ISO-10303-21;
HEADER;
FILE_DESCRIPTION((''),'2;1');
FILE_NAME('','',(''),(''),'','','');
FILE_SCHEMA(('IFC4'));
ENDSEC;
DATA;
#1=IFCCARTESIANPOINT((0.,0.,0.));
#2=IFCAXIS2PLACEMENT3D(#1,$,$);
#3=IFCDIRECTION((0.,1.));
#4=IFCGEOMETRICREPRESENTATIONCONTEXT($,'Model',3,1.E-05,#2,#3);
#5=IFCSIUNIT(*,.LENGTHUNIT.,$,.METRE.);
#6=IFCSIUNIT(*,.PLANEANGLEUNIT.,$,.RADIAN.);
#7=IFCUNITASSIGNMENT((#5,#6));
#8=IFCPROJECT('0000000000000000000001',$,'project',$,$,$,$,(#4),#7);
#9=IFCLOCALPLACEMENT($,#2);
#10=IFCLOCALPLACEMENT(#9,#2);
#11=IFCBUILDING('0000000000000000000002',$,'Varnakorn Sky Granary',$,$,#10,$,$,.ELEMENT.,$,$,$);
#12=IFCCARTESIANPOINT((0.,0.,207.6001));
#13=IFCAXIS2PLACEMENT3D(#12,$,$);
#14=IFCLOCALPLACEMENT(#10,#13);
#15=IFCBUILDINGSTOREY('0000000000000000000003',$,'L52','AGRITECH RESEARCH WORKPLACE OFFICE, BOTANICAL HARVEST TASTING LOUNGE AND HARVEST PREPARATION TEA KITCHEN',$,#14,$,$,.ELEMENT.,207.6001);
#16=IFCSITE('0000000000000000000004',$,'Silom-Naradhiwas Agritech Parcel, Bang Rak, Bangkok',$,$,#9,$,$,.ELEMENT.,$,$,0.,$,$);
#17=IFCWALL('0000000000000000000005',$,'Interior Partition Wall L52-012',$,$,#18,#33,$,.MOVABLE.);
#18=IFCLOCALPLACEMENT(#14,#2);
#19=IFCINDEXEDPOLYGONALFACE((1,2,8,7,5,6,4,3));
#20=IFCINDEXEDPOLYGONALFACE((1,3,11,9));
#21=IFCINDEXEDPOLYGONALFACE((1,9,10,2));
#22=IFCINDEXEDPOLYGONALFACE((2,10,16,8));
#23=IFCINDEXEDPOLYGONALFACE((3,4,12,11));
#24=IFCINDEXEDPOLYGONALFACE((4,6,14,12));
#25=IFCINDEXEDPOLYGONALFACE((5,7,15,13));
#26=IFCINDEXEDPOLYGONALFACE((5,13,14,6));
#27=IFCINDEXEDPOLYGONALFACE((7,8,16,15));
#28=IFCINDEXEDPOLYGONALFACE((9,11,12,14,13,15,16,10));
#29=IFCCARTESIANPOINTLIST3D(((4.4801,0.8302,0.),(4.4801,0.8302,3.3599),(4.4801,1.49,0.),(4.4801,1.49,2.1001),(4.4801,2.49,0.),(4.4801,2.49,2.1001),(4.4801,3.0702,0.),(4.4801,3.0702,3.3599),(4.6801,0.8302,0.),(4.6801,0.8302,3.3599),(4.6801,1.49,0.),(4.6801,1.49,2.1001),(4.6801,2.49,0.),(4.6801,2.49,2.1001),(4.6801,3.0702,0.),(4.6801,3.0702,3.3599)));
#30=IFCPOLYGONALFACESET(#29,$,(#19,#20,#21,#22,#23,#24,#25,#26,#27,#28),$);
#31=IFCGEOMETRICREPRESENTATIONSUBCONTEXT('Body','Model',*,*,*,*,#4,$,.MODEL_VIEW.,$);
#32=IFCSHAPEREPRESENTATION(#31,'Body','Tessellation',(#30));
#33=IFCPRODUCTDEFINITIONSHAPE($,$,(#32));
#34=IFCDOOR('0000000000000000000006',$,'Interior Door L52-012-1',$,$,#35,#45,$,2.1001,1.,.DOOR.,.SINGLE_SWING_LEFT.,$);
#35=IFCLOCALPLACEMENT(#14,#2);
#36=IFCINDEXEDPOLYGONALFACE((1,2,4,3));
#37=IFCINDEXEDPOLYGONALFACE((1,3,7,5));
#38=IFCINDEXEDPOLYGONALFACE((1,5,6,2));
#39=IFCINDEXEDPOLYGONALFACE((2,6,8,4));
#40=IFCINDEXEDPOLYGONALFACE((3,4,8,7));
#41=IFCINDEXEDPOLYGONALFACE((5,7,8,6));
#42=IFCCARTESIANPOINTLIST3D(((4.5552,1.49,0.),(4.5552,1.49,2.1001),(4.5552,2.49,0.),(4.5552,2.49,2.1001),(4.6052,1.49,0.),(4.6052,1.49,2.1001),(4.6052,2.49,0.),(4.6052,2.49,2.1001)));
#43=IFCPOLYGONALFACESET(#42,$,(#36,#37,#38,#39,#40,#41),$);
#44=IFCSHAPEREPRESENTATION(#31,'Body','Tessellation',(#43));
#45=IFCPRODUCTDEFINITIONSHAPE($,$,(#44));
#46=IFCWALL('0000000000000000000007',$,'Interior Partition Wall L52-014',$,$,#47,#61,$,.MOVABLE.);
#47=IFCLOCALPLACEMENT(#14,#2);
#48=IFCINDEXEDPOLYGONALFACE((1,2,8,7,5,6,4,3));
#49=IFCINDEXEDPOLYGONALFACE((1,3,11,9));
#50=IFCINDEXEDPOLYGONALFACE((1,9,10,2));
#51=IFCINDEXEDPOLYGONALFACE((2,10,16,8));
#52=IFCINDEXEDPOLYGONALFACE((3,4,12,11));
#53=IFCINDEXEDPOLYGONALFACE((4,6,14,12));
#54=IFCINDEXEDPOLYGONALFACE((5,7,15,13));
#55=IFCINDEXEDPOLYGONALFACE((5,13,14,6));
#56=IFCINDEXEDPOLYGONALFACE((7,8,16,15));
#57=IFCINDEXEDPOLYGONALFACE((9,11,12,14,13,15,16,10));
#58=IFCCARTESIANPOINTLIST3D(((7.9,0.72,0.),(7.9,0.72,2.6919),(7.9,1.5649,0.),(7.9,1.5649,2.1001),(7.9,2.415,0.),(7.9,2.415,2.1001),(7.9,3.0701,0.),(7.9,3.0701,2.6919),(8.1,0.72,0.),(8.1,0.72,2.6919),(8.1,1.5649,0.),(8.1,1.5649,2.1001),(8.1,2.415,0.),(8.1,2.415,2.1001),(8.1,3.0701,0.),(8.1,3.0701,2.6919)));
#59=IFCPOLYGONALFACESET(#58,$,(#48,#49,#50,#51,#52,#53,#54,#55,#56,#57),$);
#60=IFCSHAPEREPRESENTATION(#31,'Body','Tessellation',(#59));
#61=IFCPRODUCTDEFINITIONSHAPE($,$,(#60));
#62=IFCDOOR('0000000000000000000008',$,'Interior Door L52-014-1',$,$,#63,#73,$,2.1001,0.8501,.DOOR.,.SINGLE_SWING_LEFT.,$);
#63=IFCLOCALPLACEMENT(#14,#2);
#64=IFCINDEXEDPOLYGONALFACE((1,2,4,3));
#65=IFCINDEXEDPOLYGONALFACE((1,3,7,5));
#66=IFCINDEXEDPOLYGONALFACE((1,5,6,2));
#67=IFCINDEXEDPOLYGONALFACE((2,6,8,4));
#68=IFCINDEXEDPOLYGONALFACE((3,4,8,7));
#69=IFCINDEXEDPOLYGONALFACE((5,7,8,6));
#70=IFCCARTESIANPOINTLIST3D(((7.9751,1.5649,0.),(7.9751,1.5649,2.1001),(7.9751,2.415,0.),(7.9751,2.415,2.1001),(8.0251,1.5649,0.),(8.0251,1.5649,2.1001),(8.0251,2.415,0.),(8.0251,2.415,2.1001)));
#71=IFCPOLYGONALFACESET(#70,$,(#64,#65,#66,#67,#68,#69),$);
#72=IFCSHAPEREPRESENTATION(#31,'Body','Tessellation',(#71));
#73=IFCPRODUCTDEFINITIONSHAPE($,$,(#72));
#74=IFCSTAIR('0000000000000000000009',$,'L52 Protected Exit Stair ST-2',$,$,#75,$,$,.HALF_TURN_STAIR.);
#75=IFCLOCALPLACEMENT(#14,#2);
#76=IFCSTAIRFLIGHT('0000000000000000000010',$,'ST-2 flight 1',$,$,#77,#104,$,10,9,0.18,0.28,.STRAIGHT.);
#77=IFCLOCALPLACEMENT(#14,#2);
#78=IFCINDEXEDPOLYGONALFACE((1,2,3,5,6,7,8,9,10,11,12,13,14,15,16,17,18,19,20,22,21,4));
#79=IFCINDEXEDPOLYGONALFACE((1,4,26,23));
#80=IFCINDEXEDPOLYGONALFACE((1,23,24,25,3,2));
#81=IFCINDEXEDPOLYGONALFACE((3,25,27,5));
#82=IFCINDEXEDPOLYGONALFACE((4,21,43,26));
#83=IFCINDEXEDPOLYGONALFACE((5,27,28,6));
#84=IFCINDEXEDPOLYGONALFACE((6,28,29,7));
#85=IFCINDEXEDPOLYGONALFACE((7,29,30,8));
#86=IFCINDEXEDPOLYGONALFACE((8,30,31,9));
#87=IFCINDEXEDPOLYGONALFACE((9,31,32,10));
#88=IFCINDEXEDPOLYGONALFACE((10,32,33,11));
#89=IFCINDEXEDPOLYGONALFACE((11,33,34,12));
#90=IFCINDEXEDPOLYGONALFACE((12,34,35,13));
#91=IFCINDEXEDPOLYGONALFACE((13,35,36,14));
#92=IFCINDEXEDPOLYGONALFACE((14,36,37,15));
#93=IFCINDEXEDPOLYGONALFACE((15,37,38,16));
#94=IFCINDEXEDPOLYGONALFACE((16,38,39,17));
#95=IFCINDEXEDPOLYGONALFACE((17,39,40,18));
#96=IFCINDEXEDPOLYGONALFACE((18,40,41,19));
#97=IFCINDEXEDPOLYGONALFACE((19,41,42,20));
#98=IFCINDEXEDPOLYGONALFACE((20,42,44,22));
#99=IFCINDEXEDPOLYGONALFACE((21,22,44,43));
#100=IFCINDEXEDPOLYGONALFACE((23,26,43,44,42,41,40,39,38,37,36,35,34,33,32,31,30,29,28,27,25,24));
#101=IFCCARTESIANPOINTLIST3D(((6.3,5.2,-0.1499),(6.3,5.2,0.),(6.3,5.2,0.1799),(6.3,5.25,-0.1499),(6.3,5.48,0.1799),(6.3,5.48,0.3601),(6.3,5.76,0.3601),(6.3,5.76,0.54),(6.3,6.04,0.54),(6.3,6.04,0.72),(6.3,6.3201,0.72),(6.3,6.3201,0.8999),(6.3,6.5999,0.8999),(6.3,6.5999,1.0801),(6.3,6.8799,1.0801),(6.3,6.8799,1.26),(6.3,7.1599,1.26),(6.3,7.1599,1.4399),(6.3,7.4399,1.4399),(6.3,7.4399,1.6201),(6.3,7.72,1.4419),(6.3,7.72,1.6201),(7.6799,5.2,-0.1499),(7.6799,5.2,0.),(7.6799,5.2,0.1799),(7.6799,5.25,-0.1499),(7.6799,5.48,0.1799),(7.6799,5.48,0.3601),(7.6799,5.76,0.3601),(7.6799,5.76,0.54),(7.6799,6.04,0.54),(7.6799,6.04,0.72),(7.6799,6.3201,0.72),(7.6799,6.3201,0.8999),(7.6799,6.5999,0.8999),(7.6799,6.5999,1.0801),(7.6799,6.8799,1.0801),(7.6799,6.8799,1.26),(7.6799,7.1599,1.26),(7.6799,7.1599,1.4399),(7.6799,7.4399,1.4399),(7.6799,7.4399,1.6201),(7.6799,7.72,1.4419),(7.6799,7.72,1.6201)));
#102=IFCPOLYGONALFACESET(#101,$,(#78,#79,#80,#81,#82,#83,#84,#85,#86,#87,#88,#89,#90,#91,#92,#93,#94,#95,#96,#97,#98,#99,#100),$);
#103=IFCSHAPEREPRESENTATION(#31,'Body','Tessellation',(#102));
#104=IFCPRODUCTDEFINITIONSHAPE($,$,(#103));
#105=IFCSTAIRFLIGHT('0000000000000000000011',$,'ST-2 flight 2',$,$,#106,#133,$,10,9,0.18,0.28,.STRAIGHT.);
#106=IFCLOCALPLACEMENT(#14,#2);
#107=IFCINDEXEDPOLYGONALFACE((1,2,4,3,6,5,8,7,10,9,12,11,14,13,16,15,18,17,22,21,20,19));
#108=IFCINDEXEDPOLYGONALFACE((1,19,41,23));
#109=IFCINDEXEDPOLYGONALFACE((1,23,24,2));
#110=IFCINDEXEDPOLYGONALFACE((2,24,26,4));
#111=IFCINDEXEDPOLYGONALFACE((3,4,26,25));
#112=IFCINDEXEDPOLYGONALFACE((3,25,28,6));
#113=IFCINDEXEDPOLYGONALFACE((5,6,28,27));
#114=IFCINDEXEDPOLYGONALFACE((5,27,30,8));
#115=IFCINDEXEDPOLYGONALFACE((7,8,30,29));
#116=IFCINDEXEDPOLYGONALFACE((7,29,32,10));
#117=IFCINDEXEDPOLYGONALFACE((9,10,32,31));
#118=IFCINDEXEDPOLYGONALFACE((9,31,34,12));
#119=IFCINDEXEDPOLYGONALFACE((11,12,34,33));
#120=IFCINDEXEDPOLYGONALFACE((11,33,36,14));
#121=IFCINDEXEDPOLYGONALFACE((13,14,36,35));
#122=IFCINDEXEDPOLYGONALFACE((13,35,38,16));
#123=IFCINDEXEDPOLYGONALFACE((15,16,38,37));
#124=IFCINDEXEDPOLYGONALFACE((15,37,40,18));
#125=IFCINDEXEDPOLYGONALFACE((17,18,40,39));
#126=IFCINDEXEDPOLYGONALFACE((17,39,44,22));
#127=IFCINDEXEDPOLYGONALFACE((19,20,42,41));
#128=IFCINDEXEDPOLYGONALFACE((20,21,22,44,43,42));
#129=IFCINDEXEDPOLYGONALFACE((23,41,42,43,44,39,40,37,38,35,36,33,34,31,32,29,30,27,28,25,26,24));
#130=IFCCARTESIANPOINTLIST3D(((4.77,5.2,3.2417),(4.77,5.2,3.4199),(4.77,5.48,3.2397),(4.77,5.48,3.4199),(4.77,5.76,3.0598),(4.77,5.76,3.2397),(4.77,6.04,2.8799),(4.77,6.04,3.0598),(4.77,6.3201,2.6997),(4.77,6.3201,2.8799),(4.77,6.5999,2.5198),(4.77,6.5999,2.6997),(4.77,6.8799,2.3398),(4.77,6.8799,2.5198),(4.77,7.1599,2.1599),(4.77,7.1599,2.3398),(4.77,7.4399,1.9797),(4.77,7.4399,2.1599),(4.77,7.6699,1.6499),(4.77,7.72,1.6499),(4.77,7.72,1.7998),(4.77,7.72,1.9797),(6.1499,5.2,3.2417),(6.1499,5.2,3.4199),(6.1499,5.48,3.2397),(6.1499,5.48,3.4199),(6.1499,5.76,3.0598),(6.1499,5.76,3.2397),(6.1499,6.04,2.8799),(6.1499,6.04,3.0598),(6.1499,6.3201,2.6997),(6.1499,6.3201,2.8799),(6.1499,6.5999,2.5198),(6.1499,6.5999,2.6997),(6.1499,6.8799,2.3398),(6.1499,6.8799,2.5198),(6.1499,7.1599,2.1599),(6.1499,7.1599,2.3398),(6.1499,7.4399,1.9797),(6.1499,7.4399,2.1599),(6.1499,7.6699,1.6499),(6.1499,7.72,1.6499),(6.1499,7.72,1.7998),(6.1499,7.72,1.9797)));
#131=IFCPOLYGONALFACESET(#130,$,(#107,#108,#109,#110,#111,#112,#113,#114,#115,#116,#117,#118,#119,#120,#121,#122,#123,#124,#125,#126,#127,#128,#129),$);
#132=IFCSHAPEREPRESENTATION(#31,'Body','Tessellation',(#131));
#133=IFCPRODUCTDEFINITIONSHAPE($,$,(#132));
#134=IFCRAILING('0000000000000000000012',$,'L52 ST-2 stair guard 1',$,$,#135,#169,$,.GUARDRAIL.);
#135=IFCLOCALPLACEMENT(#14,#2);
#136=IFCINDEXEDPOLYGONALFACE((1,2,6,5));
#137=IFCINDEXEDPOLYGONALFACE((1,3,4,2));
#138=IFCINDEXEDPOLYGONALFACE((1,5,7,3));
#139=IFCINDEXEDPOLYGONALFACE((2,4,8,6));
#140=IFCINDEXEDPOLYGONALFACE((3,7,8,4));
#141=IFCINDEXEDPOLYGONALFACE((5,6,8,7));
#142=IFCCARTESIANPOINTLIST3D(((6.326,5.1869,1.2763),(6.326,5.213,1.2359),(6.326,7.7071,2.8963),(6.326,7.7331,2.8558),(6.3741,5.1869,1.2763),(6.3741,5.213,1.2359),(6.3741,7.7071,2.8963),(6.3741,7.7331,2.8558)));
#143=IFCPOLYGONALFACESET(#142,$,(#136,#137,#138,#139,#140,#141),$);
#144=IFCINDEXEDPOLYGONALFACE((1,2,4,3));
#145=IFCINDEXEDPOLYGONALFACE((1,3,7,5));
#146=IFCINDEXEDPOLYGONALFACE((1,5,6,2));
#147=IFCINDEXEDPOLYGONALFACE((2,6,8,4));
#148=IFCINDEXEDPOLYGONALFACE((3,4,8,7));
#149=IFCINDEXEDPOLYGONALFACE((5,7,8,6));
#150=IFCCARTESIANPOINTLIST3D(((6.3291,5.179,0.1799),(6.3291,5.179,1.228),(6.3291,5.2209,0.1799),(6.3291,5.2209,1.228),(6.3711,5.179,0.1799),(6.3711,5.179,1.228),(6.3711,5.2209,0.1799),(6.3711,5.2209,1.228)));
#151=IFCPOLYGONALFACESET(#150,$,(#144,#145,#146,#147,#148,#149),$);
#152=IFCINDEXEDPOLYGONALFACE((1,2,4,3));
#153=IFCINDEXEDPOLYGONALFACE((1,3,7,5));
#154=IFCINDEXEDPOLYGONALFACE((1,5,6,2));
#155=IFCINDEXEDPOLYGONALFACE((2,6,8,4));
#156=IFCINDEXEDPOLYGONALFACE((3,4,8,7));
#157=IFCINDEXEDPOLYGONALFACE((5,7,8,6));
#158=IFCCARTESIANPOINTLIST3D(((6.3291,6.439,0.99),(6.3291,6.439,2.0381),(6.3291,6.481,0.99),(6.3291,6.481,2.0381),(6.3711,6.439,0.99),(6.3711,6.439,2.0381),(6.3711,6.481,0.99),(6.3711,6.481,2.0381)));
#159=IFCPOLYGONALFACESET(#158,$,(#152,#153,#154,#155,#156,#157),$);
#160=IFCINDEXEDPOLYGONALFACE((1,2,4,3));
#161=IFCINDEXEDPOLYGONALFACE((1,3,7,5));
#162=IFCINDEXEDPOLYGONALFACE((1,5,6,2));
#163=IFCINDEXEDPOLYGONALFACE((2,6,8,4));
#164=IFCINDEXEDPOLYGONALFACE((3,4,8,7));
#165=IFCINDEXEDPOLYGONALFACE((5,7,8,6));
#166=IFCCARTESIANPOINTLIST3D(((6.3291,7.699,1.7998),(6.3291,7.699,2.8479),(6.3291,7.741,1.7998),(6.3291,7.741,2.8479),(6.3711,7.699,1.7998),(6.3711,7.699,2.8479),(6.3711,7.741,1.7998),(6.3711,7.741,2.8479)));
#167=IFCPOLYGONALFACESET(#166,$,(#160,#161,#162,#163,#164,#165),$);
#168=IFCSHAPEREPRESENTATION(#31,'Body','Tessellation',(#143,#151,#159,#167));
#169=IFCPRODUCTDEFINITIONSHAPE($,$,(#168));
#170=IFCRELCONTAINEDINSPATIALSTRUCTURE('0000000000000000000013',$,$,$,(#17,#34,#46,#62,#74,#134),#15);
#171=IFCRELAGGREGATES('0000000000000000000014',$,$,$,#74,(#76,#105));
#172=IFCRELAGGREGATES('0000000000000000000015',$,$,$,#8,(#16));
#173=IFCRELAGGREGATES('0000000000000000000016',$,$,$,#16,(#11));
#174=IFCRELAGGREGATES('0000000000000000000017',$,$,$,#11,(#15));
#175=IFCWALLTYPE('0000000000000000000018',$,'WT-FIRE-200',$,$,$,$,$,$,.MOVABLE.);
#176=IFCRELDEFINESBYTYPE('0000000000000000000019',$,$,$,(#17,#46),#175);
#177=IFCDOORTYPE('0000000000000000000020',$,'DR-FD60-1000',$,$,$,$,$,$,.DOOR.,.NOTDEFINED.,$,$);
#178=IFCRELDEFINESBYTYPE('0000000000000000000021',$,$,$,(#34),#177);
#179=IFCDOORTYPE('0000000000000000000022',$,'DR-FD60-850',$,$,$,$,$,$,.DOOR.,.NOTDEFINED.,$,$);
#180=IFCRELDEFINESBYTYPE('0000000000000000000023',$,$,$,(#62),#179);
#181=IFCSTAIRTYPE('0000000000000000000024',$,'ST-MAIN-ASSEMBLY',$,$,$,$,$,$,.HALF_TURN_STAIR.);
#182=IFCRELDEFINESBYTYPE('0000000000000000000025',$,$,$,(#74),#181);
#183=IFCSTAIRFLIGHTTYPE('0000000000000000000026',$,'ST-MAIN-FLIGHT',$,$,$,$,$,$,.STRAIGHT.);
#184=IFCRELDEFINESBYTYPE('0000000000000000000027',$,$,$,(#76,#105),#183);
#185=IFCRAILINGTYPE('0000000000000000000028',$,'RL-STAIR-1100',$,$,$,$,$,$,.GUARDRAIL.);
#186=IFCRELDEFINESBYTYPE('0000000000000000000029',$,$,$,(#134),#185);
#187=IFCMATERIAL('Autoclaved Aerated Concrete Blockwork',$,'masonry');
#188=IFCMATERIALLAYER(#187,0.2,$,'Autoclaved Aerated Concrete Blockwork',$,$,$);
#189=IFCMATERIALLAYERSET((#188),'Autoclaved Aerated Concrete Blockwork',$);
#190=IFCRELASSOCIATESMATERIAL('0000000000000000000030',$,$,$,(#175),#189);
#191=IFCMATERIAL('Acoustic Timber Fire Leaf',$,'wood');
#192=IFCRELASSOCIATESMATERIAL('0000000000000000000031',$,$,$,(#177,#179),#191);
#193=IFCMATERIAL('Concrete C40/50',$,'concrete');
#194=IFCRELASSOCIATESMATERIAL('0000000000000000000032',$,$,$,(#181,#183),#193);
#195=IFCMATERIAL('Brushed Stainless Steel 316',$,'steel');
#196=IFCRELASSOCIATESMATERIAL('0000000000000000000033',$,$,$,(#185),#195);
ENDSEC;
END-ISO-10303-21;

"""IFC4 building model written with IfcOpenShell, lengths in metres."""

from ifc_helpers import new_model, si_unit, direction, frame, frame_2d, origin, origin_2d, place, context, subcontext, project, spatial, polyline, rectangle, outline, extrude, material, layer, layer_set, type_object, element, fill, aggregate, save


model = new_model("IFC4")

# Units and contexts
model_context = context("Model", 3, precision=1e-05, world=origin(), true_north=direction((0.0, 1.0)))
body_context = subcontext(model_context, "Body", "Model", "MODEL_VIEW")
ifc_project = project(units=[si_unit("LENGTHUNIT", "METRE"), si_unit("PLANEANGLEUNIT", "RADIAN")], contexts=[model_context])

# Site, building, storey
site_placement = place(None, origin())
site = spatial("IfcSite", under=ifc_project, at=site_placement, Name="Silom-Naradhiwas Agritech Parcel, Bang Rak, Bangkok", CompositionType="ELEMENT", RefElevation=0.0)
building_placement = place(site_placement, origin())
building = spatial("IfcBuilding", under=site, at=building_placement, Name="Varnakorn Sky Granary", CompositionType="ELEMENT")
storey_placement = place(building_placement, frame((0.0, 0.0, 207.6001)))
storey = spatial("IfcBuildingStorey", under=building, at=storey_placement, Name="L52", Description="AGRITECH RESEARCH WORKPLACE OFFICE, BOTANICAL HARVEST TASTING LOUNGE AND HARVEST PREPARATION TEA KITCHEN", CompositionType="ELEMENT", Elevation=207.6001)

# Walls, openings, doors
ifc_material_1 = material(Name="Autoclaved Aerated Concrete Blockwork", Category="masonry")
ifc_layer_1 = layer(ifc_material_1, 0.2, Name="Autoclaved Aerated Concrete Blockwork")
ifc_layer_set_1 = layer_set([ifc_layer_1], Name="Autoclaved Aerated Concrete Blockwork")
wall_type_1 = type_object("IfcWallType", Name="WT-FIRE-200", PredefinedType="MOVABLE", material=ifc_layer_set_1)
wall_1_placement = place(storey_placement, frame((4.5801, 0.8301, 0.0), z_axis=(0.0, 0.0, 1.0), x_axis=(0.0, 1.0, 0.0)))
wall_1 = element("IfcWall", 1, at=wall_1_placement, inside=storey, type_object=wall_type_1, Name="Interior Partition Wall L52-012", PredefinedType="MOVABLE", context=body_context, shape_type="SweptSolid", body=[
    extrude(rectangle(XDim=2.24, YDim=0.2, at=frame_2d((1.1201, 0.0))), origin(), (0.0, 0.0, 1.0), 3.3599),
])
opening_1_placement = place(wall_1_placement, frame((0.6599, 0.0, 0.0)))
opening_1 = element("IfcOpeningElement", 2, at=opening_1_placement, cuts=wall_1, PredefinedType="OPENING", context=body_context, shape_type="SweptSolid", body=[
    extrude(rectangle(XDim=1.0, YDim=2.1001, at=frame_2d((0.5, 1.05))), frame((0.0, 0.1099, 0.0), z_axis=(0.0, -1.0, 0.0), x_axis=(1.0, 0.0, 0.0)), (0.0, 0.0, 1.0), 0.22),
])
ifc_material_2 = material(Name="Acoustic Timber Fire Leaf", Category="wood")
door_type_1 = type_object("IfcDoorType", Name="DR-FD60-1000", OperationType="NOTDEFINED", PredefinedType="DOOR", material=ifc_material_2)
door_1_placement = place(opening_1_placement, origin())
door_1 = element("IfcDoor", 3, at=door_1_placement, inside=storey, type_object=door_type_1, Name="Interior Door L52-012-1", OperationType="SINGLE_SWING_LEFT", OverallHeight=2.1001, OverallWidth=1.0, PredefinedType="DOOR", context=body_context, shape_type="SweptSolid", body=[
    extrude(rectangle(XDim=1.0, YDim=2.1001, at=frame_2d((0.5, 1.05))), frame((0.0, 0.0249, 0.0), z_axis=(0.0, -1.0, 0.0), x_axis=(1.0, 0.0, 0.0)), (0.0, 0.0, 1.0), 0.05),
])
fill(opening_1, door_1)
wall_2_placement = place(storey_placement, frame((8.0, 0.72, 0.0), z_axis=(0.0, 0.0, 1.0), x_axis=(0.0, 1.0, 0.0)))
wall_2 = element("IfcWall", 4, at=wall_2_placement, inside=storey, type_object=wall_type_1, Name="Interior Partition Wall L52-014", PredefinedType="MOVABLE", context=body_context, shape_type="SweptSolid", body=[
    extrude(rectangle(XDim=2.3501, YDim=0.2, at=frame_2d((1.175, 0.0))), origin(), (0.0, 0.0, 1.0), 2.6919),
])
opening_2_placement = place(wall_2_placement, frame((0.845, 0.0, 0.0)))
opening_2 = element("IfcOpeningElement", 5, at=opening_2_placement, cuts=wall_2, PredefinedType="OPENING", context=body_context, shape_type="SweptSolid", body=[
    extrude(rectangle(XDim=0.8501, YDim=2.1001, at=frame_2d((0.425, 1.05))), frame((0.0, 0.1099, 0.0), z_axis=(0.0, -1.0, 0.0), x_axis=(1.0, 0.0, 0.0)), (0.0, 0.0, 1.0), 0.22),
])
door_type_2 = type_object("IfcDoorType", Name="DR-FD60-850", OperationType="NOTDEFINED", PredefinedType="DOOR", material=ifc_material_2)
door_2_placement = place(opening_2_placement, origin())
door_2 = element("IfcDoor", 6, at=door_2_placement, inside=storey, type_object=door_type_2, Name="Interior Door L52-014-1", OperationType="SINGLE_SWING_LEFT", OverallHeight=2.1001, OverallWidth=0.8501, PredefinedType="DOOR", context=body_context, shape_type="SweptSolid", body=[
    extrude(rectangle(XDim=0.8501, YDim=2.1001, at=frame_2d((0.425, 1.05))), frame((0.0, 0.0249, 0.0), z_axis=(0.0, -1.0, 0.0), x_axis=(1.0, 0.0, 0.0)), (0.0, 0.0, 1.0), 0.05),
])
fill(opening_2, door_2)

# Stair, stair flights
ifc_material_3 = material(Name="Concrete C40/50", Category="concrete")
stair_type = type_object("IfcStairType", Name="ST-MAIN-ASSEMBLY", PredefinedType="HALF_TURN_STAIR", material=ifc_material_3)
stair_placement = place(storey_placement, origin())
stair = element("IfcStair", 7, at=stair_placement, inside=storey, type_object=stair_type, Name="L52 Protected Exit Stair ST-2", PredefinedType="HALF_TURN_STAIR")
stair_flight_type = type_object("IfcStairFlightType", Name="ST-MAIN-FLIGHT", PredefinedType="STRAIGHT", material=ifc_material_3)
stair_flight_1_placement = place(storey_placement, frame((6.99, 5.2, 0.0), z_axis=(0.0, 0.0, 1.0), x_axis=(0.0, 1.0, 0.0)))
stair_flight_1 = element("IfcStairFlight", 8, at=stair_flight_1_placement, type_object=stair_flight_type, Name="ST-2 flight 1", NumberOfRisers=10, NumberOfTreads=9, PredefinedType="STRAIGHT", RiserHeight=0.18, TreadLength=0.28, context=body_context, shape_type="SweptSolid", body=[
    extrude(outline(polyline([(0.0, -0.1499), (0.0, 0.0), (0.0, 0.1799), (0.28, 0.1799), (0.28, 0.3601), (0.5601, 0.3601), (0.5601, 0.54), (0.8401, 0.54), (0.8401, 0.72), (1.1201, 0.72), (1.1201, 0.8999), (1.3999, 0.8999), (1.3999, 1.0801), (1.6799, 1.0801), (1.6799, 1.26), (1.96, 1.26), (1.96, 1.4399), (2.24, 1.4399), (2.24, 1.6201), (2.52, 1.6201), (2.52, 1.8), (2.52, 1.4419), (0.05, -0.1499), (0.0, -0.1499)])), frame((0.0, 0.6899, 0.0), z_axis=(0.0, -1.0, 0.0), x_axis=(1.0, 0.0, 0.0)), (0.0, 0.0, 1.0), 1.3799),
])
stair_flight_2_placement = place(storey_placement, frame((5.46, 7.72, 1.7998), z_axis=(0.0, 0.0, 1.0), x_axis=(0.0, -1.0, 0.0)))
stair_flight_2 = element("IfcStairFlight", 9, at=stair_flight_2_placement, type_object=stair_flight_type, Name="ST-2 flight 2", NumberOfRisers=10, NumberOfTreads=9, PredefinedType="STRAIGHT", RiserHeight=0.18, TreadLength=0.28, context=body_context, shape_type="SweptSolid", body=[
    extrude(outline(polyline([(0.0, -0.1499), (0.0, 0.0), (0.0, 0.1799), (0.28, 0.1799), (0.28, 0.3601), (0.5601, 0.3601), (0.5601, 0.54), (0.8401, 0.54), (0.8401, 0.72), (1.1201, 0.72), (1.1201, 0.8999), (1.3999, 0.8999), (1.3999, 1.0801), (1.6799, 1.0801), (1.6799, 1.26), (1.96, 1.26), (1.96, 1.4399), (2.24, 1.4399), (2.24, 1.6201), (2.52, 1.6201), (2.52, 1.8), (2.52, 1.4419), (0.05, -0.1499), (0.0, -0.1499)])), frame((0.0, 0.6899, 0.0), z_axis=(0.0, -1.0, 0.0), x_axis=(1.0, 0.0, 0.0)), (0.0, 0.0, 1.0), 1.3799),
])
aggregate(stair, [stair_flight_1, stair_flight_2])

# Railing
ifc_material_4 = material(Name="Brushed Stainless Steel 316", Category="steel")
railing_type_1 = type_object("IfcRailingType", Name="RL-STAIR-1100", PredefinedType="GUARDRAIL", material=ifc_material_4)
railing_1_placement = place(storey_placement, frame((6.3501, 5.2, 0.1799)))
element("IfcRailing", 10, at=railing_1_placement, inside=storey, type_object=railing_type_1, Name="L52 ST-2 stair guard 1", PredefinedType="GUARDRAIL", context=body_context, shape_type="SweptSolid", body=[
    extrude(rectangle(XDim=0.0481, YDim=0.0481, at=origin_2d()), frame((0.0, 0.0, 1.0762), z_axis=(0.0, 0.8412, 0.540725), x_axis=(-1.0, 0.0, 0.0)), (0.0, 0.0, 1.0), 2.9958),
    extrude(rectangle(XDim=0.042, YDim=0.042, at=origin_2d()), origin(), (0.0, 0.0, 1.0), 1.0481),
    extrude(rectangle(XDim=0.042, YDim=0.042, at=origin_2d()), frame((0.0, 1.26, 0.8101)), (0.0, 0.0, 1.0), 1.0481),
    extrude(rectangle(XDim=0.042, YDim=0.042, at=origin_2d()), frame((0.0, 2.52, 1.6199)), (0.0, 0.0, 1.0), 1.0481),
])

save(model, "model.ifc")
